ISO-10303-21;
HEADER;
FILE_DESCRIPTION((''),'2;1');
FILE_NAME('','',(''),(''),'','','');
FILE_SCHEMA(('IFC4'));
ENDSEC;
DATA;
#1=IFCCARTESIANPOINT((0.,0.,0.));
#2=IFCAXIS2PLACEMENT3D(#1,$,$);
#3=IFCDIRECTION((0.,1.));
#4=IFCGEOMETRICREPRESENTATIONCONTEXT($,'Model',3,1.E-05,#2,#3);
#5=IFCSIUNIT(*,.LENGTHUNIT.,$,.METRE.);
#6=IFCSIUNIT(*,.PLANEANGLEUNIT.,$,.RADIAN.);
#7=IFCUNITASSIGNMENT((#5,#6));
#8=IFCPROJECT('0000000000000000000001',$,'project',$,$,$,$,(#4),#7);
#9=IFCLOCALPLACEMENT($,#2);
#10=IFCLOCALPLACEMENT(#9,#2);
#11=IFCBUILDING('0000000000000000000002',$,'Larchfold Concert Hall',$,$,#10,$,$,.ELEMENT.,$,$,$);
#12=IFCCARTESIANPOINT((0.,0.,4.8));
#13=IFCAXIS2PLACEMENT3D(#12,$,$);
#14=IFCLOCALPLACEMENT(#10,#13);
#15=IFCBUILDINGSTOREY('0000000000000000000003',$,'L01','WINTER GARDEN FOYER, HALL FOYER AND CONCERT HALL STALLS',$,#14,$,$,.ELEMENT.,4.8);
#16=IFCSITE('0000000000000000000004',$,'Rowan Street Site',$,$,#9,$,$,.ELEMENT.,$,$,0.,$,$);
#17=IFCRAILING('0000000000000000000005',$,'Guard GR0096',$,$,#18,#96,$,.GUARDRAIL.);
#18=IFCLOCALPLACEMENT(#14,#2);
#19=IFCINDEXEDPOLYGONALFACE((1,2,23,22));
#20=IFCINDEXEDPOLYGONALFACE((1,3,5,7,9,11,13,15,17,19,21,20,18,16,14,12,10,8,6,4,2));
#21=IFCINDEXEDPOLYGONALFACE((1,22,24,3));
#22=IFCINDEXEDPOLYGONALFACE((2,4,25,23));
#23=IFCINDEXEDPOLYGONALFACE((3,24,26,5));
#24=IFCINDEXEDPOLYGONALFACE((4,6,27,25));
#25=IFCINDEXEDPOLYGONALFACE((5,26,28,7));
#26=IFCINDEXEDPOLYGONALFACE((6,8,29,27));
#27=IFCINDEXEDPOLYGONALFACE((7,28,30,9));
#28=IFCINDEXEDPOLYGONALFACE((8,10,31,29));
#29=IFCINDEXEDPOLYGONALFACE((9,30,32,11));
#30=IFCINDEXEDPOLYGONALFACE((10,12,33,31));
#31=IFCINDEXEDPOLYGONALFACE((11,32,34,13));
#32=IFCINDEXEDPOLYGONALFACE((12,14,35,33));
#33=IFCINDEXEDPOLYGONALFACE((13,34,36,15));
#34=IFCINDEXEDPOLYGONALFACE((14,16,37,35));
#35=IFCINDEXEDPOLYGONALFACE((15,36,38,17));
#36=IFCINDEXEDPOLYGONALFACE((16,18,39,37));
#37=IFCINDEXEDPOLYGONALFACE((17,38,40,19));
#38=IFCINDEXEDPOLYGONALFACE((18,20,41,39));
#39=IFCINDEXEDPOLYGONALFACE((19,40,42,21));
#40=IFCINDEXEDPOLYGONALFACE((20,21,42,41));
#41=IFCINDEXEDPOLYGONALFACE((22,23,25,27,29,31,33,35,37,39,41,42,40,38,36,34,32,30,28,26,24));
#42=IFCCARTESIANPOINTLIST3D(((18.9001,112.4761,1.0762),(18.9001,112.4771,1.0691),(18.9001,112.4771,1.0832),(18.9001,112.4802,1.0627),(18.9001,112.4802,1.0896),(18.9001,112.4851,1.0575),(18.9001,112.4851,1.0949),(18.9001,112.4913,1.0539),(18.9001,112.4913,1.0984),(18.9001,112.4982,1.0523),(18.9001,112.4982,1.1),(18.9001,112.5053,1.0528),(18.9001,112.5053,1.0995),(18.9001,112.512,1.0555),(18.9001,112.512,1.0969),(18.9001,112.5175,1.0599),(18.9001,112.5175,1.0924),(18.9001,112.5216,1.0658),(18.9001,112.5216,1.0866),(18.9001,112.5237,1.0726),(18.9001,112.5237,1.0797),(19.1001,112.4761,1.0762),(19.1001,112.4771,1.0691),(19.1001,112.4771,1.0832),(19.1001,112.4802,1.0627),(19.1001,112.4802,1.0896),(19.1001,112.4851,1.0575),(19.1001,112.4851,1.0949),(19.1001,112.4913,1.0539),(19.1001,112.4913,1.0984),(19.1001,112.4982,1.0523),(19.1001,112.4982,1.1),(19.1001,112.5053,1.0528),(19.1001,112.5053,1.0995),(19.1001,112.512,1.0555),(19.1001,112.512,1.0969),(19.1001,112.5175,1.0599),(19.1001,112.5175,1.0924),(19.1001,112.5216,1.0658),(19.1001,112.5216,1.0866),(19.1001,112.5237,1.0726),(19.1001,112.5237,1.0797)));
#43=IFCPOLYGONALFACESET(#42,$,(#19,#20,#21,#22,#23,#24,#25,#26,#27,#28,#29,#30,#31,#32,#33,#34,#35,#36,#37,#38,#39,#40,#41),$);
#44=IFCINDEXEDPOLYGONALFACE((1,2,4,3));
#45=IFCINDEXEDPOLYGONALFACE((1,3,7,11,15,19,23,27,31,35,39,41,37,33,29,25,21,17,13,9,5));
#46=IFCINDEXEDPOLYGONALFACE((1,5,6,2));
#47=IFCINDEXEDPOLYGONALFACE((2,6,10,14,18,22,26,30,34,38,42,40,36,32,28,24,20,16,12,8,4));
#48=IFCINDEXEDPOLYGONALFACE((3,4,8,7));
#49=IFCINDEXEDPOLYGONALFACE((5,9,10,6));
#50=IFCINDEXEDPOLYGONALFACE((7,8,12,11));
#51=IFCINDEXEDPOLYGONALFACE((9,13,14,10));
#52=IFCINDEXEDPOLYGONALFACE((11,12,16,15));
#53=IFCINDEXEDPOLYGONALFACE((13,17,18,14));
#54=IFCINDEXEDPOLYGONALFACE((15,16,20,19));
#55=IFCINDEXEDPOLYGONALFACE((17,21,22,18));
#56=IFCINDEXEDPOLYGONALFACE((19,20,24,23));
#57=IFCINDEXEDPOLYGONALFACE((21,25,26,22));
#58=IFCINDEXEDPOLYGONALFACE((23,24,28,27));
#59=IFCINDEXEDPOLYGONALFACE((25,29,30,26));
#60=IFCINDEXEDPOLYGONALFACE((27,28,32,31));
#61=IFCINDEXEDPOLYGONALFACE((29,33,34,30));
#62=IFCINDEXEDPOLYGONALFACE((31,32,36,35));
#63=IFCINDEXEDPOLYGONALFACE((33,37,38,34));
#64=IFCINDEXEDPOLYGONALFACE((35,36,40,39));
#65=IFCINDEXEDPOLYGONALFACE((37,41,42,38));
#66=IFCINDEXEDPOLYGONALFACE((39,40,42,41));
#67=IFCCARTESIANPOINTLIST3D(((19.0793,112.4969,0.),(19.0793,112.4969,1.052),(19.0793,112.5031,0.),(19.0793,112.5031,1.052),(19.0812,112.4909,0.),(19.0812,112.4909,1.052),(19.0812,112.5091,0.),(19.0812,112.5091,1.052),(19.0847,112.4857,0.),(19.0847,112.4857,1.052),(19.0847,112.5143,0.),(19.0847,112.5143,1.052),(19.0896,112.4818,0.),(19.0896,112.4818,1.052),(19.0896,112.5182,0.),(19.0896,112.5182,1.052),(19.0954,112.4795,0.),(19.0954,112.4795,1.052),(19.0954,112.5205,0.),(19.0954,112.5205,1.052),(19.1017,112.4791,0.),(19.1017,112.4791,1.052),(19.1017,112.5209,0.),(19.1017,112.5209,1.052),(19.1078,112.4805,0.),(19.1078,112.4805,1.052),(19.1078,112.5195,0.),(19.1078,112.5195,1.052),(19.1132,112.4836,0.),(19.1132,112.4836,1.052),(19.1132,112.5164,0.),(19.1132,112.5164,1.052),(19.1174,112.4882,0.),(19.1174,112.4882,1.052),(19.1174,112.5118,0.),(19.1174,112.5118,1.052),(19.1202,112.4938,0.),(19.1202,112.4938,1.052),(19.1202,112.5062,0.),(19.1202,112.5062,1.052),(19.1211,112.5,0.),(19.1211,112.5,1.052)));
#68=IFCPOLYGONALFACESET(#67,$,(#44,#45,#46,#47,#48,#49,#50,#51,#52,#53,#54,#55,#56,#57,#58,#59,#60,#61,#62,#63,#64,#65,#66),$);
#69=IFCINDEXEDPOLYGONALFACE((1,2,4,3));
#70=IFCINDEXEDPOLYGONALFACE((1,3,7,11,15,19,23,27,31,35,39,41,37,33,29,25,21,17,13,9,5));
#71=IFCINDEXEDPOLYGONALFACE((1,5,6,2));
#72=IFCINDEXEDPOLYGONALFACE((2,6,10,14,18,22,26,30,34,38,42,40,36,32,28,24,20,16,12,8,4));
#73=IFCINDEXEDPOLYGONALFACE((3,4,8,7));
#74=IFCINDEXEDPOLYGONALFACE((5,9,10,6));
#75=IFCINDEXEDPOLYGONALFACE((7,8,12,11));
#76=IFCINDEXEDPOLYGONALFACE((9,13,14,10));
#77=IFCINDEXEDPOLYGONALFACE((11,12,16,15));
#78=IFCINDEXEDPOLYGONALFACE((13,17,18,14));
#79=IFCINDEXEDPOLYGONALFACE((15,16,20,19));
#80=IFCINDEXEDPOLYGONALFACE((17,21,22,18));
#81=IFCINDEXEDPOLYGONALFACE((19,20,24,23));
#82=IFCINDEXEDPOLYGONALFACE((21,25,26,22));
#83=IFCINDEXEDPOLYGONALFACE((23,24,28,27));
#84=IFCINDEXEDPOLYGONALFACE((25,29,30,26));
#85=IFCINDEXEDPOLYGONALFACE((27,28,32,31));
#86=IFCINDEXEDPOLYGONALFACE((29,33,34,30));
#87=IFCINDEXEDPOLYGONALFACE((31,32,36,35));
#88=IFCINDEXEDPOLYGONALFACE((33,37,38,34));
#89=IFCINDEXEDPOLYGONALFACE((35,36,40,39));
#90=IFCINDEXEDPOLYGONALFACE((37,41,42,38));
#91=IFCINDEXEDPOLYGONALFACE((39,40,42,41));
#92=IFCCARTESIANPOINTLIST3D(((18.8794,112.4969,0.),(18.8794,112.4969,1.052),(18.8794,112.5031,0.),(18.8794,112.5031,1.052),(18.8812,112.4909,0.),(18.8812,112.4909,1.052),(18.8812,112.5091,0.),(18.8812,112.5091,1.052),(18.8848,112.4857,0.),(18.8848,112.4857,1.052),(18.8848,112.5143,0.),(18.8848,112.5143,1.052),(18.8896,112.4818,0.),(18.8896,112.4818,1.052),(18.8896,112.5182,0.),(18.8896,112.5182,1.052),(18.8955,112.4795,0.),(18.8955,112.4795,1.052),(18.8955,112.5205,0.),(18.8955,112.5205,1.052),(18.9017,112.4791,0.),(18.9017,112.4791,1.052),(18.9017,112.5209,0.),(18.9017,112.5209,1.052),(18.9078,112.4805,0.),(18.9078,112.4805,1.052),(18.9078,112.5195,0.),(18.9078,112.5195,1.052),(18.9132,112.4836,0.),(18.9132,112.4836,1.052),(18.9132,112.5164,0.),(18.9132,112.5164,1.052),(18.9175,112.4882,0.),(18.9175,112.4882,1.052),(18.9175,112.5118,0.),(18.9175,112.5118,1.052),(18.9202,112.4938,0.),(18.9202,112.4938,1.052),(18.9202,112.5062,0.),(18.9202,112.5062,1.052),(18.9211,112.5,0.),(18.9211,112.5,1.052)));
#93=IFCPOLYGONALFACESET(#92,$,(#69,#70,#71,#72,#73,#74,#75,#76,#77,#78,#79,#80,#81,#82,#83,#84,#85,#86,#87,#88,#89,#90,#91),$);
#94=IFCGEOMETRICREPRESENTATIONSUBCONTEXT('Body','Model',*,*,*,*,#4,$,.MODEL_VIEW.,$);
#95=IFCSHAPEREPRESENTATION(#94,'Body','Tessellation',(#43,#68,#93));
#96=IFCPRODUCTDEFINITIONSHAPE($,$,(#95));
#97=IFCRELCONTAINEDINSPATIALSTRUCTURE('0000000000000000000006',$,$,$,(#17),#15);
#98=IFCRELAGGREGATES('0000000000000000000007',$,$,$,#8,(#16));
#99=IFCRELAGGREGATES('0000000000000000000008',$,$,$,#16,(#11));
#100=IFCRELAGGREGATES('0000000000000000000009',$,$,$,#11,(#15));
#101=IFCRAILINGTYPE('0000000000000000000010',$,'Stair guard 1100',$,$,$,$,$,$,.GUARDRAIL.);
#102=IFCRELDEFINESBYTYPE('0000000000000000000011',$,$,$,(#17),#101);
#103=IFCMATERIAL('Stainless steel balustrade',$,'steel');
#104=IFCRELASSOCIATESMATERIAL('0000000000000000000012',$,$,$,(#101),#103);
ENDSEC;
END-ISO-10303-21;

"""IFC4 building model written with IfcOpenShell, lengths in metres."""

from ifc_helpers import new_model, si_unit, direction, frame, origin, origin_2d, place, context, subcontext, project, spatial, circle, extrude, material, type_object, element, save


model = new_model("IFC4")

# Units and contexts
model_context = context("Model", 3, precision=1e-05, world=origin(), true_north=direction((0.0, 1.0)))
body_context = subcontext(model_context, "Body", "Model", "MODEL_VIEW")
ifc_project = project(units=[si_unit("LENGTHUNIT", "METRE"), si_unit("PLANEANGLEUNIT", "RADIAN")], contexts=[model_context])

# Site, building, storey
site_placement = place(None, origin())
site = spatial("IfcSite", under=ifc_project, at=site_placement, Name="Rowan Street Site", CompositionType="ELEMENT", RefElevation=0.0)
building_placement = place(site_placement, origin())
building = spatial("IfcBuilding", under=site, at=building_placement, Name="Larchfold Concert Hall", CompositionType="ELEMENT")
storey_placement = place(building_placement, frame((0.0, 0.0, 4.8)))
storey = spatial("IfcBuildingStorey", under=building, at=storey_placement, Name="L01", Description="WINTER GARDEN FOYER, HALL FOYER AND CONCERT HALL STALLS", CompositionType="ELEMENT", Elevation=4.8)

# Railing
ifc_material_1 = material(Name="Stainless steel balustrade", Category="steel")
railing_type_1 = type_object("IfcRailingType", Name="Stair guard 1100", PredefinedType="GUARDRAIL", material=ifc_material_1)
railing_1_placement = place(storey_placement, frame((19.1001, 112.5, 0.0)))
element("IfcRailing", 1, at=railing_1_placement, inside=storey, type_object=railing_type_1, Name="Guard GR0096", PredefinedType="GUARDRAIL", context=body_context, shape_type="SweptSolid", body=[
    extrude(circle(Radius=0.0239, at=origin_2d()), frame((0.0, 0.0, 1.0762), z_axis=(-1.0, 0.0, 0.0), x_axis=(0.0, -1.0, 0.0)), (0.0, 0.0, 1.0), 0.2),
    extrude(circle(Radius=0.021, at=origin_2d()), origin(), (0.0, 0.0, 1.0), 1.052),
    extrude(circle(Radius=0.021, at=origin_2d()), frame((-0.2, 0.0, 0.0)), (0.0, 0.0, 1.0), 1.052),
])

save(model, "model.ifc")
